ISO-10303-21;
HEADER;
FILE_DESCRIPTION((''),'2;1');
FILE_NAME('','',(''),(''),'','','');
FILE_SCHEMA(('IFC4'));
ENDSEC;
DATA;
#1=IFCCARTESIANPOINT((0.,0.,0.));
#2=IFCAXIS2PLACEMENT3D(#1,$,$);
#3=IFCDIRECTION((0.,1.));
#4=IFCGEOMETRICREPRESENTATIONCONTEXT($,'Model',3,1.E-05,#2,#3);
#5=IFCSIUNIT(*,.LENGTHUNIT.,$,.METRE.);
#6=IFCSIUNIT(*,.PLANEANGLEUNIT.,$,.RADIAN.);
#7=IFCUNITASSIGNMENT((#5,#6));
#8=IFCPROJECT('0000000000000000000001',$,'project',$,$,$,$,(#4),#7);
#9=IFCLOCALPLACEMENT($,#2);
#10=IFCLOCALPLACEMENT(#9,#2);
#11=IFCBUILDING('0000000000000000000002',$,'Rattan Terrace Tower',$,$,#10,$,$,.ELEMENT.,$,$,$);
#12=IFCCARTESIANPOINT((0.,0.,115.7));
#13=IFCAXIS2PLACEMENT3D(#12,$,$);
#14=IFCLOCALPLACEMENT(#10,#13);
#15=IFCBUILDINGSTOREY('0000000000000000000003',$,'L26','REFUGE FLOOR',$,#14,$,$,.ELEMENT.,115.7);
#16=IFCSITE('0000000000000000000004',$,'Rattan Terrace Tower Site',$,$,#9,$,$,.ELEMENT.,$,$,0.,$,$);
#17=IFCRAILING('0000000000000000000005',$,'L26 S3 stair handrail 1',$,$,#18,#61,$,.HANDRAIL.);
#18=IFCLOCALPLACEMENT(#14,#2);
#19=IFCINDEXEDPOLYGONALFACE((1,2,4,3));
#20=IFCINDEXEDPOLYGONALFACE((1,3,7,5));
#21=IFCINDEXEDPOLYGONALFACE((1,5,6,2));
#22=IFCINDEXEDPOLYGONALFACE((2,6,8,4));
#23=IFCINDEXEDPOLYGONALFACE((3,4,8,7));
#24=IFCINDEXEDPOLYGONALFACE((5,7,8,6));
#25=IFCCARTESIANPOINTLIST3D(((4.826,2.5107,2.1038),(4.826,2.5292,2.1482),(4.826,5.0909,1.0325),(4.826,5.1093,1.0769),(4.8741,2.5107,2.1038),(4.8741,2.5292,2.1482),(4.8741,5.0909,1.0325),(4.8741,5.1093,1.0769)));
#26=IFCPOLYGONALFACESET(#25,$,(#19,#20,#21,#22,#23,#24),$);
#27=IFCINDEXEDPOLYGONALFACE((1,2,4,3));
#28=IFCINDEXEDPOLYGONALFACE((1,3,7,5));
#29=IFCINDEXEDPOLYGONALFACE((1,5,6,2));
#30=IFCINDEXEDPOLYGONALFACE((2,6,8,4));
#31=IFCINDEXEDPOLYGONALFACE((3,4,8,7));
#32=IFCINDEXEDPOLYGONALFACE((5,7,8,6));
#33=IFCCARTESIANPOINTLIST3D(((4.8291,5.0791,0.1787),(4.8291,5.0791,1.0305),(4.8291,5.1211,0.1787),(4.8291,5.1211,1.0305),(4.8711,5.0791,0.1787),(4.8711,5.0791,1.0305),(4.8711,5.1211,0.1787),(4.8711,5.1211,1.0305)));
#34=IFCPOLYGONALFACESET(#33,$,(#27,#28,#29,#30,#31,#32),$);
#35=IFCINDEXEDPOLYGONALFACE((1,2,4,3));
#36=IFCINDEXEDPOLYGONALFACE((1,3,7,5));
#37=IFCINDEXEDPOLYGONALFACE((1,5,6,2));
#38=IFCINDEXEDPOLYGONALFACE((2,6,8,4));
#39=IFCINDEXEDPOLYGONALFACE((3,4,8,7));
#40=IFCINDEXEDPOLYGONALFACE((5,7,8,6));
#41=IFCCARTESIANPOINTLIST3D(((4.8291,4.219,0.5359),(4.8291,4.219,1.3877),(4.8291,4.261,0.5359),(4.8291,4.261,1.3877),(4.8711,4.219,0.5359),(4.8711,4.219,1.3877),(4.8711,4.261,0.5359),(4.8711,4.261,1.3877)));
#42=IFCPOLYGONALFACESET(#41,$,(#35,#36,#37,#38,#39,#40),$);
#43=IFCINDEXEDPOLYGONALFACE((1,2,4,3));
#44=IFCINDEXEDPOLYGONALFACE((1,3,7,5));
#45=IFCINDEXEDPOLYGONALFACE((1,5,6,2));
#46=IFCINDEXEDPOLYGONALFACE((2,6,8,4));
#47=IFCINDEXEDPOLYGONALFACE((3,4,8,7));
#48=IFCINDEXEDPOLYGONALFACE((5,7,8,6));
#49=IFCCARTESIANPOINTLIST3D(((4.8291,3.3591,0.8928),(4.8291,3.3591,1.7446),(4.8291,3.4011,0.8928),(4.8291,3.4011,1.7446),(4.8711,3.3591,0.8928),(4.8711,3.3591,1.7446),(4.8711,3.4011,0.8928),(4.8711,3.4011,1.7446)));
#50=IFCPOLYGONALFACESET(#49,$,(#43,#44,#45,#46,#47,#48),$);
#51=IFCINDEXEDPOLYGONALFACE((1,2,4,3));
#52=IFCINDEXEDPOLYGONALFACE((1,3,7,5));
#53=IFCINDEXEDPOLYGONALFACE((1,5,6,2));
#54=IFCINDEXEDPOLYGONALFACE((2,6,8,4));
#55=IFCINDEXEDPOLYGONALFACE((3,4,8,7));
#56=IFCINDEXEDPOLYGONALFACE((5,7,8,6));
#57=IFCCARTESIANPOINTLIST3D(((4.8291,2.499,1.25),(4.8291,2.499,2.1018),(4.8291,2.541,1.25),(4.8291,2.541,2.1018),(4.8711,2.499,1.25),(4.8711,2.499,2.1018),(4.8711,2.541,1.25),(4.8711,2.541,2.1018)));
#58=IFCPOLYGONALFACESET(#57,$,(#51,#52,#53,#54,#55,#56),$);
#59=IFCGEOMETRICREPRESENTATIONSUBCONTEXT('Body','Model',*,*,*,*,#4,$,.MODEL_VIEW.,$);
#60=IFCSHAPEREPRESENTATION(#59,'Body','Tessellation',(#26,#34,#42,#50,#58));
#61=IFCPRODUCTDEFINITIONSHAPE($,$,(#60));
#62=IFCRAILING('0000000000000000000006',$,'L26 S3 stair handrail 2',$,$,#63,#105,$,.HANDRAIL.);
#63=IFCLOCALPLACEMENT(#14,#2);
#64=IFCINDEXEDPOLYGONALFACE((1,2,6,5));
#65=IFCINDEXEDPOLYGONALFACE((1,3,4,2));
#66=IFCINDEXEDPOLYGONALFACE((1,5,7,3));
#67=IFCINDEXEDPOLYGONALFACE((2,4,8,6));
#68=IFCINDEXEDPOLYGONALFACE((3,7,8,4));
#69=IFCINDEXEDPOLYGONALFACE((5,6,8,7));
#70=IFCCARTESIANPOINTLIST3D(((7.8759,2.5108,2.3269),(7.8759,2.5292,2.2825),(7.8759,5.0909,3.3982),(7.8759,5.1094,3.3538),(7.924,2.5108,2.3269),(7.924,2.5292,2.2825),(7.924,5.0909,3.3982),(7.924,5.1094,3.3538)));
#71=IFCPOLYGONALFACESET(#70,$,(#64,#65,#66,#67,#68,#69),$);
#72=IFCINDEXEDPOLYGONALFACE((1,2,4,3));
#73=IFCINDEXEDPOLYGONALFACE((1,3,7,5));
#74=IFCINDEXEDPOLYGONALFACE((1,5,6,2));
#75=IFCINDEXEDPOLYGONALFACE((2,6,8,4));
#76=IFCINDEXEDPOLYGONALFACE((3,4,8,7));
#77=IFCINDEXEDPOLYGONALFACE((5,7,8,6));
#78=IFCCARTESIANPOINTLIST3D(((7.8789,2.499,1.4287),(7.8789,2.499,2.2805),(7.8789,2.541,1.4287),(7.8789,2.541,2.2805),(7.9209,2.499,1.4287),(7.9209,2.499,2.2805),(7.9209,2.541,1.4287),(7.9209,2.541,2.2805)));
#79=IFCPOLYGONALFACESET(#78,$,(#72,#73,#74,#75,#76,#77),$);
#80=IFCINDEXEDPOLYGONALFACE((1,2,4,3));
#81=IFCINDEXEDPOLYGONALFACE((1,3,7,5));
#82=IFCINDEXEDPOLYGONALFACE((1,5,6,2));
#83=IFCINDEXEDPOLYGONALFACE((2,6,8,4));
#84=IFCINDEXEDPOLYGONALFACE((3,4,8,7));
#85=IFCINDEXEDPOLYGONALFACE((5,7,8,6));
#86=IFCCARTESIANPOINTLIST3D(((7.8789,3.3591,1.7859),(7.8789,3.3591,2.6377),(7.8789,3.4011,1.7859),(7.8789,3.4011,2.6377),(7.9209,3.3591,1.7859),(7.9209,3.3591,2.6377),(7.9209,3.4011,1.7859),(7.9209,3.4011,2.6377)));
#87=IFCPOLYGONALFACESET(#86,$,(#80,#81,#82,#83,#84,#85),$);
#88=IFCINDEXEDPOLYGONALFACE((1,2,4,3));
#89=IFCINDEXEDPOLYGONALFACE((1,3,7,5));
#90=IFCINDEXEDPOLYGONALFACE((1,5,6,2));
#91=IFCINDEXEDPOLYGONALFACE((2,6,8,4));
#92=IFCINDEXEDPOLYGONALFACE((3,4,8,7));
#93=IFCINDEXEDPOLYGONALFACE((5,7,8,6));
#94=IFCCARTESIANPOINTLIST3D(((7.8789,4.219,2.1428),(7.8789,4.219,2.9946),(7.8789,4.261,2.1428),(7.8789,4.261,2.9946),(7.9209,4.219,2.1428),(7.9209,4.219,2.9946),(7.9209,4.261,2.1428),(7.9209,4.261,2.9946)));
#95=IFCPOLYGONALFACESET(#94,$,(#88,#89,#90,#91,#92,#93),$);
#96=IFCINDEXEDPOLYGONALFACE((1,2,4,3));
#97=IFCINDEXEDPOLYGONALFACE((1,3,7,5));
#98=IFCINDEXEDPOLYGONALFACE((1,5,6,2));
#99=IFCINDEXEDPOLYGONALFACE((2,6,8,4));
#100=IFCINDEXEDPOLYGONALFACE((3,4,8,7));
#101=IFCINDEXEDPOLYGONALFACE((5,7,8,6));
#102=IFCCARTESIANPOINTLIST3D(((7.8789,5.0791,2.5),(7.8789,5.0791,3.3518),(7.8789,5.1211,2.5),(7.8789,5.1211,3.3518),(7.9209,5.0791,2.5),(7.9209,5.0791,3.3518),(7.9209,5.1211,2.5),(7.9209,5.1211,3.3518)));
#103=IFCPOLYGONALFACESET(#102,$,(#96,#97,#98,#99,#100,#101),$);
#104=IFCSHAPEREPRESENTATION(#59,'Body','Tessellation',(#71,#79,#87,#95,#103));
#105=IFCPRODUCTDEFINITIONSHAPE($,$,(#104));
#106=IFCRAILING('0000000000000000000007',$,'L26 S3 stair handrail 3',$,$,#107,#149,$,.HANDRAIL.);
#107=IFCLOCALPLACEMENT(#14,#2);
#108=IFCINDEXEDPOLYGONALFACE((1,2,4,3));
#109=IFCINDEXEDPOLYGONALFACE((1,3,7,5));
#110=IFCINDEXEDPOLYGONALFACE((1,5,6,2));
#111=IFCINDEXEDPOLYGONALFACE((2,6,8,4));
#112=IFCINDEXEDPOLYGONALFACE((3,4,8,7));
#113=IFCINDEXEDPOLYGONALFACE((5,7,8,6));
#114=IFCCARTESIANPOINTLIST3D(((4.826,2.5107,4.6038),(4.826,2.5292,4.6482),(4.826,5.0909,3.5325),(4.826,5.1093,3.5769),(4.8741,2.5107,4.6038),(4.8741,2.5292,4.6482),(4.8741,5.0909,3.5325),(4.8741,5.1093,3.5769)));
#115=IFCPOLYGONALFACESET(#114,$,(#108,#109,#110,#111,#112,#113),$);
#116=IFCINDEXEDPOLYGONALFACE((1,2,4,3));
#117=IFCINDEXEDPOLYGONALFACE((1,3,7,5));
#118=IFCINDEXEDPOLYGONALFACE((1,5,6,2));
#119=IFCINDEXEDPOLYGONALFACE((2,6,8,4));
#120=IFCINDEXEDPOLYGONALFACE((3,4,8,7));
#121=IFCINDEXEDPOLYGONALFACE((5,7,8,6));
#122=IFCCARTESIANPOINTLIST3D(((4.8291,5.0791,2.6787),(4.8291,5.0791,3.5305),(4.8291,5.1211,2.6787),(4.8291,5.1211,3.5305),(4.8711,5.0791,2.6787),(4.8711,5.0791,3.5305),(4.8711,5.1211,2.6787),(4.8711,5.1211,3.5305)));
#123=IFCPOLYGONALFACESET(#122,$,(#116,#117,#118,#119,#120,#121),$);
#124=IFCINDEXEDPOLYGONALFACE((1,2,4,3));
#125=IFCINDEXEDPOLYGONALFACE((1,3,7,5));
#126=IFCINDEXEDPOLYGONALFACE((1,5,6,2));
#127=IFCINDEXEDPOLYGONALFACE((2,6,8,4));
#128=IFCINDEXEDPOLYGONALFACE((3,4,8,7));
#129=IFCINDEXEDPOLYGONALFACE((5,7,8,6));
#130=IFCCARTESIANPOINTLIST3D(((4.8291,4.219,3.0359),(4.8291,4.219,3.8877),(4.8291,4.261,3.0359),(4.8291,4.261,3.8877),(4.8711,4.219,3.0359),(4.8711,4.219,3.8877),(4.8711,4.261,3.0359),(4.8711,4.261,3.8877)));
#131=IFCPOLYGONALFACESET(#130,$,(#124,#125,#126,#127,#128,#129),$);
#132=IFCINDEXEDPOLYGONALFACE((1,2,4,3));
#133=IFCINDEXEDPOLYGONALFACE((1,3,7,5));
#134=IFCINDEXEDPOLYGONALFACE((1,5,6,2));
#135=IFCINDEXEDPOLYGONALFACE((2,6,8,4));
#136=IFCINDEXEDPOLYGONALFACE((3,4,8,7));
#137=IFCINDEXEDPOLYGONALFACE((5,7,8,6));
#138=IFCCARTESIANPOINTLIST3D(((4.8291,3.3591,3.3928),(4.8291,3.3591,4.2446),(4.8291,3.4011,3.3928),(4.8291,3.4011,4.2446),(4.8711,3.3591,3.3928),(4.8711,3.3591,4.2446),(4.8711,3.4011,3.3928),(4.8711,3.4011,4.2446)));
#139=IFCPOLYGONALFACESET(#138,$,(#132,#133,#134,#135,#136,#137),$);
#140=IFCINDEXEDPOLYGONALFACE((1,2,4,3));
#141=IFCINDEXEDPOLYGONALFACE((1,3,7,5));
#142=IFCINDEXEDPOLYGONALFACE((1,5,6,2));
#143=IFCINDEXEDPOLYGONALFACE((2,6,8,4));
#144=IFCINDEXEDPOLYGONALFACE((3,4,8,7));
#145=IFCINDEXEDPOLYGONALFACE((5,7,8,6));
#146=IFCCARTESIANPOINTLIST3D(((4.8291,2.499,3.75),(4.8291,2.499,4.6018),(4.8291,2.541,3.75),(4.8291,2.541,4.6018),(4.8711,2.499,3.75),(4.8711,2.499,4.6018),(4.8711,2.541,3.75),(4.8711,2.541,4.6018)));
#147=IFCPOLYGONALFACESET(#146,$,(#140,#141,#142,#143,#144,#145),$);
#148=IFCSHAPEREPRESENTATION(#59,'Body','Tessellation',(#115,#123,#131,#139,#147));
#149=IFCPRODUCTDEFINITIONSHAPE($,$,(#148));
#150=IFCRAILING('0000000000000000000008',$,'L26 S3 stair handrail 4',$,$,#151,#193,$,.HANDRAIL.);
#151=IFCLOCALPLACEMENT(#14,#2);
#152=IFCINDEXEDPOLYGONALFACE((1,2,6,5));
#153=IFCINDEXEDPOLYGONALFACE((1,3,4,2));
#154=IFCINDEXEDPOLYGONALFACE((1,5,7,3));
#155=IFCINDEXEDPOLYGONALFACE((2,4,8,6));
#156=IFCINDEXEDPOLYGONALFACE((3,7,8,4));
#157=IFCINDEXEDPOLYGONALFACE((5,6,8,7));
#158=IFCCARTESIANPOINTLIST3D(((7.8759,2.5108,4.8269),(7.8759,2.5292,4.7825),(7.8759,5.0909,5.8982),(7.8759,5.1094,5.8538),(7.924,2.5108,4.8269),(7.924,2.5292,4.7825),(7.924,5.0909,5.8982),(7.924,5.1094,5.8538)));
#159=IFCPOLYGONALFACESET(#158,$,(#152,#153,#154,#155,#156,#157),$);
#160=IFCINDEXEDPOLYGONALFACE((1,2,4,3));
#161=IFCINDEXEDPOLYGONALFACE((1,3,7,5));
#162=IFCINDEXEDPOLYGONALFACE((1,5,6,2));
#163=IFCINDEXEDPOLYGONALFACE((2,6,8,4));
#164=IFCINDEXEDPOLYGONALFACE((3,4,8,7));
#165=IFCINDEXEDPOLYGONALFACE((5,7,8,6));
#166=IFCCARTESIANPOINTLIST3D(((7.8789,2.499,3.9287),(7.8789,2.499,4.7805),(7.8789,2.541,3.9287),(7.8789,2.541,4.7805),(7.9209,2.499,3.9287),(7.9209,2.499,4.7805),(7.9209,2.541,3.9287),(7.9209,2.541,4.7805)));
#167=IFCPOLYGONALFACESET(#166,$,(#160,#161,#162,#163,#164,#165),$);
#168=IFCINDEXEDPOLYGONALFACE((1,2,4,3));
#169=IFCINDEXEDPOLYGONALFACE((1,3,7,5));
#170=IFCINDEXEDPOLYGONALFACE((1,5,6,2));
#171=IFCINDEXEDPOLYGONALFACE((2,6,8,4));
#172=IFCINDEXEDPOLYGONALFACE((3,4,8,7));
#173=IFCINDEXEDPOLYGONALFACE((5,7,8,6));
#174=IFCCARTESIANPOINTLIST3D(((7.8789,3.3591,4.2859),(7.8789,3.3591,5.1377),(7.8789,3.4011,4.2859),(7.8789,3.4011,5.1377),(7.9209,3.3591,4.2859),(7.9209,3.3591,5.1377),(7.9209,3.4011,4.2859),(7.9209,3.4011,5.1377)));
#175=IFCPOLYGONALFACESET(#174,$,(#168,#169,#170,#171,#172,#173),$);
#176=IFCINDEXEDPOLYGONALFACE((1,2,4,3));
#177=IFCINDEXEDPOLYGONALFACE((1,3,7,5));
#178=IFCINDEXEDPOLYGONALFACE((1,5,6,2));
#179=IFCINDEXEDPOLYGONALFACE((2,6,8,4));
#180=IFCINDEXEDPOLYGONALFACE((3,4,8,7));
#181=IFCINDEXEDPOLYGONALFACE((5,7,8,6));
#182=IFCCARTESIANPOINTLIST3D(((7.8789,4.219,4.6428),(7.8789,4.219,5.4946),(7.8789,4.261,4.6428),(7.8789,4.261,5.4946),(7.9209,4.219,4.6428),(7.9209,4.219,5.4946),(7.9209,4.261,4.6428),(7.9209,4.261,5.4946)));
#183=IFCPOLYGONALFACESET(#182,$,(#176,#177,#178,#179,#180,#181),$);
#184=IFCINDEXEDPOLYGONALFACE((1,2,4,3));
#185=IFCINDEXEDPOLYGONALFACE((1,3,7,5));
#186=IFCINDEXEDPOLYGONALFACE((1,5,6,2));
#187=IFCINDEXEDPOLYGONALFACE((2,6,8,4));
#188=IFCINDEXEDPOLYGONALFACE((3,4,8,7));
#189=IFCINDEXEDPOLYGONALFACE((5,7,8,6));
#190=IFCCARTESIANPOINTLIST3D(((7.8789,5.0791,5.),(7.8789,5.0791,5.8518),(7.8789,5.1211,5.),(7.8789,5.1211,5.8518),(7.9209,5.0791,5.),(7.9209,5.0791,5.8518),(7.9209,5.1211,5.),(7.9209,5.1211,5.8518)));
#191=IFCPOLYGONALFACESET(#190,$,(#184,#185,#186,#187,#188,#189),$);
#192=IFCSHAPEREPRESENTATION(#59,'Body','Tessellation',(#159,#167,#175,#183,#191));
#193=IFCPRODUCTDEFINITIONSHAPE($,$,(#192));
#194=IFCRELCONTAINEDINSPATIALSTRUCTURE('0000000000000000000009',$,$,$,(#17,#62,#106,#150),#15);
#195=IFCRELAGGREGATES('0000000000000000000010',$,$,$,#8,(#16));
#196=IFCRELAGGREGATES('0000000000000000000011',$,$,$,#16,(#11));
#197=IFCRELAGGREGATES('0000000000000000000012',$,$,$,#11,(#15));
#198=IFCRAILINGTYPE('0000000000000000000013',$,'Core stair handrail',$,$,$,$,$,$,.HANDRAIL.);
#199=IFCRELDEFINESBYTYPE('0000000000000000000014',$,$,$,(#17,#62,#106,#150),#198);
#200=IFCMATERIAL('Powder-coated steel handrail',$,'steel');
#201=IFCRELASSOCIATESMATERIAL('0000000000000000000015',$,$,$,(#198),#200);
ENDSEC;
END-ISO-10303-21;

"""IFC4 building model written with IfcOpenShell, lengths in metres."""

from ifc_helpers import new_model, si_unit, direction, frame, origin, origin_2d, place, context, subcontext, project, spatial, rectangle, extrude, material, type_object, element, save


model = new_model("IFC4")

# Units and contexts
model_context = context("Model", 3, precision=1e-05, world=origin(), true_north=direction((0.0, 1.0)))
body_context = subcontext(model_context, "Body", "Model", "MODEL_VIEW")
ifc_project = project(units=[si_unit("LENGTHUNIT", "METRE"), si_unit("PLANEANGLEUNIT", "RADIAN")], contexts=[model_context])

# Site, building, storey
site_placement = place(None, origin())
site = spatial("IfcSite", under=ifc_project, at=site_placement, Name="Rattan Terrace Tower Site", CompositionType="ELEMENT", RefElevation=0.0)
building_placement = place(site_placement, origin())
building = spatial("IfcBuilding", under=site, at=building_placement, Name="Rattan Terrace Tower", CompositionType="ELEMENT")
storey_placement = place(building_placement, frame((0.0, 0.0, 115.7)))
storey = spatial("IfcBuildingStorey", under=building, at=storey_placement, Name="L26", Description="REFUGE FLOOR", CompositionType="ELEMENT", Elevation=115.7)

# Railings
ifc_material_1 = material(Name="Powder-coated steel handrail", Category="steel")
railing_type_1 = type_object("IfcRailingType", Name="Core stair handrail", PredefinedType="HANDRAIL", material=ifc_material_1)
railing_1_placement = place(storey_placement, frame((4.8501, 5.1001, 0.1787)))
element("IfcRailing", 1, at=railing_1_placement, inside=storey, type_object=railing_type_1, Name="L26 S3 stair handrail 1", PredefinedType="HANDRAIL", context=body_context, shape_type="SweptSolid", body=[
    extrude(rectangle(XDim=0.0481, YDim=0.0481, at=origin_2d()), frame((0.0, 0.0, 0.876), z_axis=(0.0, -0.923552, 0.383473), x_axis=(1.0, 0.0, 0.0)), (0.0, 0.0, 1.0), 2.7937),
    extrude(rectangle(XDim=0.042, YDim=0.042, at=origin_2d()), origin(), (0.0, 0.0, 1.0), 0.8518),
    extrude(rectangle(XDim=0.042, YDim=0.042, at=origin_2d()), frame((0.0, -0.8601, 0.3572)), (0.0, 0.0, 1.0), 0.8518),
    extrude(rectangle(XDim=0.042, YDim=0.042, at=origin_2d()), frame((0.0, -1.72, 0.7141)), (0.0, 0.0, 1.0), 0.8518),
    extrude(rectangle(XDim=0.042, YDim=0.042, at=origin_2d()), frame((0.0, -2.5801, 1.0713)), (0.0, 0.0, 1.0), 0.8518),
])
railing_2_placement = place(storey_placement, frame((7.8999, 2.52, 1.4287)))
element("IfcRailing", 2, at=railing_2_placement, inside=storey, type_object=railing_type_1, Name="L26 S3 stair handrail 2", PredefinedType="HANDRAIL", context=body_context, shape_type="SweptSolid", body=[
    extrude(rectangle(XDim=0.0481, YDim=0.0481, at=origin_2d()), frame((0.0, 0.0, 0.876), z_axis=(0.0, 0.923552, 0.383473), x_axis=(-1.0, 0.0, 0.0)), (0.0, 0.0, 1.0), 2.7937),
    extrude(rectangle(XDim=0.042, YDim=0.042, at=origin_2d()), origin(), (0.0, 0.0, 1.0), 0.8518),
    extrude(rectangle(XDim=0.042, YDim=0.042, at=origin_2d()), frame((0.0, 0.8601, 0.3572)), (0.0, 0.0, 1.0), 0.8518),
    extrude(rectangle(XDim=0.042, YDim=0.042, at=origin_2d()), frame((0.0, 1.72, 0.7141)), (0.0, 0.0, 1.0), 0.8518),
    extrude(rectangle(XDim=0.042, YDim=0.042, at=origin_2d()), frame((0.0, 2.5801, 1.0713)), (0.0, 0.0, 1.0), 0.8518),
])
railing_3_placement = place(storey_placement, frame((4.8501, 5.1001, 2.6787)))
element("IfcRailing", 3, at=railing_3_placement, inside=storey, type_object=railing_type_1, Name="L26 S3 stair handrail 3", PredefinedType="HANDRAIL", context=body_context, shape_type="SweptSolid", body=[
    extrude(rectangle(XDim=0.0481, YDim=0.0481, at=origin_2d()), frame((0.0, 0.0, 0.876), z_axis=(0.0, -0.923552, 0.383473), x_axis=(1.0, 0.0, 0.0)), (0.0, 0.0, 1.0), 2.7937),
    extrude(rectangle(XDim=0.042, YDim=0.042, at=origin_2d()), origin(), (0.0, 0.0, 1.0), 0.8518),
    extrude(rectangle(XDim=0.042, YDim=0.042, at=origin_2d()), frame((0.0, -0.8601, 0.3572)), (0.0, 0.0, 1.0), 0.8518),
    extrude(rectangle(XDim=0.042, YDim=0.042, at=origin_2d()), frame((0.0, -1.72, 0.7141)), (0.0, 0.0, 1.0), 0.8518),
    extrude(rectangle(XDim=0.042, YDim=0.042, at=origin_2d()), frame((0.0, -2.5801, 1.0713)), (0.0, 0.0, 1.0), 0.8518),
])
railing_4_placement = place(storey_placement, frame((7.8999, 2.52, 3.9287)))
element("IfcRailing", 4, at=railing_4_placement, inside=storey, type_object=railing_type_1, Name="L26 S3 stair handrail 4", PredefinedType="HANDRAIL", context=body_context, shape_type="SweptSolid", body=[
    extrude(rectangle(XDim=0.0481, YDim=0.0481, at=origin_2d()), frame((0.0, 0.0, 0.876), z_axis=(0.0, 0.923552, 0.383473), x_axis=(-1.0, 0.0, 0.0)), (0.0, 0.0, 1.0), 2.7937),
    extrude(rectangle(XDim=0.042, YDim=0.042, at=origin_2d()), origin(), (0.0, 0.0, 1.0), 0.8518),
    extrude(rectangle(XDim=0.042, YDim=0.042, at=origin_2d()), frame((0.0, 0.8601, 0.3572)), (0.0, 0.0, 1.0), 0.8518),
    extrude(rectangle(XDim=0.042, YDim=0.042, at=origin_2d()), frame((0.0, 1.72, 0.7141)), (0.0, 0.0, 1.0), 0.8518),
    extrude(rectangle(XDim=0.042, YDim=0.042, at=origin_2d()), frame((0.0, 2.5801, 1.0713)), (0.0, 0.0, 1.0), 0.8518),
])

save(model, "model.ifc")
